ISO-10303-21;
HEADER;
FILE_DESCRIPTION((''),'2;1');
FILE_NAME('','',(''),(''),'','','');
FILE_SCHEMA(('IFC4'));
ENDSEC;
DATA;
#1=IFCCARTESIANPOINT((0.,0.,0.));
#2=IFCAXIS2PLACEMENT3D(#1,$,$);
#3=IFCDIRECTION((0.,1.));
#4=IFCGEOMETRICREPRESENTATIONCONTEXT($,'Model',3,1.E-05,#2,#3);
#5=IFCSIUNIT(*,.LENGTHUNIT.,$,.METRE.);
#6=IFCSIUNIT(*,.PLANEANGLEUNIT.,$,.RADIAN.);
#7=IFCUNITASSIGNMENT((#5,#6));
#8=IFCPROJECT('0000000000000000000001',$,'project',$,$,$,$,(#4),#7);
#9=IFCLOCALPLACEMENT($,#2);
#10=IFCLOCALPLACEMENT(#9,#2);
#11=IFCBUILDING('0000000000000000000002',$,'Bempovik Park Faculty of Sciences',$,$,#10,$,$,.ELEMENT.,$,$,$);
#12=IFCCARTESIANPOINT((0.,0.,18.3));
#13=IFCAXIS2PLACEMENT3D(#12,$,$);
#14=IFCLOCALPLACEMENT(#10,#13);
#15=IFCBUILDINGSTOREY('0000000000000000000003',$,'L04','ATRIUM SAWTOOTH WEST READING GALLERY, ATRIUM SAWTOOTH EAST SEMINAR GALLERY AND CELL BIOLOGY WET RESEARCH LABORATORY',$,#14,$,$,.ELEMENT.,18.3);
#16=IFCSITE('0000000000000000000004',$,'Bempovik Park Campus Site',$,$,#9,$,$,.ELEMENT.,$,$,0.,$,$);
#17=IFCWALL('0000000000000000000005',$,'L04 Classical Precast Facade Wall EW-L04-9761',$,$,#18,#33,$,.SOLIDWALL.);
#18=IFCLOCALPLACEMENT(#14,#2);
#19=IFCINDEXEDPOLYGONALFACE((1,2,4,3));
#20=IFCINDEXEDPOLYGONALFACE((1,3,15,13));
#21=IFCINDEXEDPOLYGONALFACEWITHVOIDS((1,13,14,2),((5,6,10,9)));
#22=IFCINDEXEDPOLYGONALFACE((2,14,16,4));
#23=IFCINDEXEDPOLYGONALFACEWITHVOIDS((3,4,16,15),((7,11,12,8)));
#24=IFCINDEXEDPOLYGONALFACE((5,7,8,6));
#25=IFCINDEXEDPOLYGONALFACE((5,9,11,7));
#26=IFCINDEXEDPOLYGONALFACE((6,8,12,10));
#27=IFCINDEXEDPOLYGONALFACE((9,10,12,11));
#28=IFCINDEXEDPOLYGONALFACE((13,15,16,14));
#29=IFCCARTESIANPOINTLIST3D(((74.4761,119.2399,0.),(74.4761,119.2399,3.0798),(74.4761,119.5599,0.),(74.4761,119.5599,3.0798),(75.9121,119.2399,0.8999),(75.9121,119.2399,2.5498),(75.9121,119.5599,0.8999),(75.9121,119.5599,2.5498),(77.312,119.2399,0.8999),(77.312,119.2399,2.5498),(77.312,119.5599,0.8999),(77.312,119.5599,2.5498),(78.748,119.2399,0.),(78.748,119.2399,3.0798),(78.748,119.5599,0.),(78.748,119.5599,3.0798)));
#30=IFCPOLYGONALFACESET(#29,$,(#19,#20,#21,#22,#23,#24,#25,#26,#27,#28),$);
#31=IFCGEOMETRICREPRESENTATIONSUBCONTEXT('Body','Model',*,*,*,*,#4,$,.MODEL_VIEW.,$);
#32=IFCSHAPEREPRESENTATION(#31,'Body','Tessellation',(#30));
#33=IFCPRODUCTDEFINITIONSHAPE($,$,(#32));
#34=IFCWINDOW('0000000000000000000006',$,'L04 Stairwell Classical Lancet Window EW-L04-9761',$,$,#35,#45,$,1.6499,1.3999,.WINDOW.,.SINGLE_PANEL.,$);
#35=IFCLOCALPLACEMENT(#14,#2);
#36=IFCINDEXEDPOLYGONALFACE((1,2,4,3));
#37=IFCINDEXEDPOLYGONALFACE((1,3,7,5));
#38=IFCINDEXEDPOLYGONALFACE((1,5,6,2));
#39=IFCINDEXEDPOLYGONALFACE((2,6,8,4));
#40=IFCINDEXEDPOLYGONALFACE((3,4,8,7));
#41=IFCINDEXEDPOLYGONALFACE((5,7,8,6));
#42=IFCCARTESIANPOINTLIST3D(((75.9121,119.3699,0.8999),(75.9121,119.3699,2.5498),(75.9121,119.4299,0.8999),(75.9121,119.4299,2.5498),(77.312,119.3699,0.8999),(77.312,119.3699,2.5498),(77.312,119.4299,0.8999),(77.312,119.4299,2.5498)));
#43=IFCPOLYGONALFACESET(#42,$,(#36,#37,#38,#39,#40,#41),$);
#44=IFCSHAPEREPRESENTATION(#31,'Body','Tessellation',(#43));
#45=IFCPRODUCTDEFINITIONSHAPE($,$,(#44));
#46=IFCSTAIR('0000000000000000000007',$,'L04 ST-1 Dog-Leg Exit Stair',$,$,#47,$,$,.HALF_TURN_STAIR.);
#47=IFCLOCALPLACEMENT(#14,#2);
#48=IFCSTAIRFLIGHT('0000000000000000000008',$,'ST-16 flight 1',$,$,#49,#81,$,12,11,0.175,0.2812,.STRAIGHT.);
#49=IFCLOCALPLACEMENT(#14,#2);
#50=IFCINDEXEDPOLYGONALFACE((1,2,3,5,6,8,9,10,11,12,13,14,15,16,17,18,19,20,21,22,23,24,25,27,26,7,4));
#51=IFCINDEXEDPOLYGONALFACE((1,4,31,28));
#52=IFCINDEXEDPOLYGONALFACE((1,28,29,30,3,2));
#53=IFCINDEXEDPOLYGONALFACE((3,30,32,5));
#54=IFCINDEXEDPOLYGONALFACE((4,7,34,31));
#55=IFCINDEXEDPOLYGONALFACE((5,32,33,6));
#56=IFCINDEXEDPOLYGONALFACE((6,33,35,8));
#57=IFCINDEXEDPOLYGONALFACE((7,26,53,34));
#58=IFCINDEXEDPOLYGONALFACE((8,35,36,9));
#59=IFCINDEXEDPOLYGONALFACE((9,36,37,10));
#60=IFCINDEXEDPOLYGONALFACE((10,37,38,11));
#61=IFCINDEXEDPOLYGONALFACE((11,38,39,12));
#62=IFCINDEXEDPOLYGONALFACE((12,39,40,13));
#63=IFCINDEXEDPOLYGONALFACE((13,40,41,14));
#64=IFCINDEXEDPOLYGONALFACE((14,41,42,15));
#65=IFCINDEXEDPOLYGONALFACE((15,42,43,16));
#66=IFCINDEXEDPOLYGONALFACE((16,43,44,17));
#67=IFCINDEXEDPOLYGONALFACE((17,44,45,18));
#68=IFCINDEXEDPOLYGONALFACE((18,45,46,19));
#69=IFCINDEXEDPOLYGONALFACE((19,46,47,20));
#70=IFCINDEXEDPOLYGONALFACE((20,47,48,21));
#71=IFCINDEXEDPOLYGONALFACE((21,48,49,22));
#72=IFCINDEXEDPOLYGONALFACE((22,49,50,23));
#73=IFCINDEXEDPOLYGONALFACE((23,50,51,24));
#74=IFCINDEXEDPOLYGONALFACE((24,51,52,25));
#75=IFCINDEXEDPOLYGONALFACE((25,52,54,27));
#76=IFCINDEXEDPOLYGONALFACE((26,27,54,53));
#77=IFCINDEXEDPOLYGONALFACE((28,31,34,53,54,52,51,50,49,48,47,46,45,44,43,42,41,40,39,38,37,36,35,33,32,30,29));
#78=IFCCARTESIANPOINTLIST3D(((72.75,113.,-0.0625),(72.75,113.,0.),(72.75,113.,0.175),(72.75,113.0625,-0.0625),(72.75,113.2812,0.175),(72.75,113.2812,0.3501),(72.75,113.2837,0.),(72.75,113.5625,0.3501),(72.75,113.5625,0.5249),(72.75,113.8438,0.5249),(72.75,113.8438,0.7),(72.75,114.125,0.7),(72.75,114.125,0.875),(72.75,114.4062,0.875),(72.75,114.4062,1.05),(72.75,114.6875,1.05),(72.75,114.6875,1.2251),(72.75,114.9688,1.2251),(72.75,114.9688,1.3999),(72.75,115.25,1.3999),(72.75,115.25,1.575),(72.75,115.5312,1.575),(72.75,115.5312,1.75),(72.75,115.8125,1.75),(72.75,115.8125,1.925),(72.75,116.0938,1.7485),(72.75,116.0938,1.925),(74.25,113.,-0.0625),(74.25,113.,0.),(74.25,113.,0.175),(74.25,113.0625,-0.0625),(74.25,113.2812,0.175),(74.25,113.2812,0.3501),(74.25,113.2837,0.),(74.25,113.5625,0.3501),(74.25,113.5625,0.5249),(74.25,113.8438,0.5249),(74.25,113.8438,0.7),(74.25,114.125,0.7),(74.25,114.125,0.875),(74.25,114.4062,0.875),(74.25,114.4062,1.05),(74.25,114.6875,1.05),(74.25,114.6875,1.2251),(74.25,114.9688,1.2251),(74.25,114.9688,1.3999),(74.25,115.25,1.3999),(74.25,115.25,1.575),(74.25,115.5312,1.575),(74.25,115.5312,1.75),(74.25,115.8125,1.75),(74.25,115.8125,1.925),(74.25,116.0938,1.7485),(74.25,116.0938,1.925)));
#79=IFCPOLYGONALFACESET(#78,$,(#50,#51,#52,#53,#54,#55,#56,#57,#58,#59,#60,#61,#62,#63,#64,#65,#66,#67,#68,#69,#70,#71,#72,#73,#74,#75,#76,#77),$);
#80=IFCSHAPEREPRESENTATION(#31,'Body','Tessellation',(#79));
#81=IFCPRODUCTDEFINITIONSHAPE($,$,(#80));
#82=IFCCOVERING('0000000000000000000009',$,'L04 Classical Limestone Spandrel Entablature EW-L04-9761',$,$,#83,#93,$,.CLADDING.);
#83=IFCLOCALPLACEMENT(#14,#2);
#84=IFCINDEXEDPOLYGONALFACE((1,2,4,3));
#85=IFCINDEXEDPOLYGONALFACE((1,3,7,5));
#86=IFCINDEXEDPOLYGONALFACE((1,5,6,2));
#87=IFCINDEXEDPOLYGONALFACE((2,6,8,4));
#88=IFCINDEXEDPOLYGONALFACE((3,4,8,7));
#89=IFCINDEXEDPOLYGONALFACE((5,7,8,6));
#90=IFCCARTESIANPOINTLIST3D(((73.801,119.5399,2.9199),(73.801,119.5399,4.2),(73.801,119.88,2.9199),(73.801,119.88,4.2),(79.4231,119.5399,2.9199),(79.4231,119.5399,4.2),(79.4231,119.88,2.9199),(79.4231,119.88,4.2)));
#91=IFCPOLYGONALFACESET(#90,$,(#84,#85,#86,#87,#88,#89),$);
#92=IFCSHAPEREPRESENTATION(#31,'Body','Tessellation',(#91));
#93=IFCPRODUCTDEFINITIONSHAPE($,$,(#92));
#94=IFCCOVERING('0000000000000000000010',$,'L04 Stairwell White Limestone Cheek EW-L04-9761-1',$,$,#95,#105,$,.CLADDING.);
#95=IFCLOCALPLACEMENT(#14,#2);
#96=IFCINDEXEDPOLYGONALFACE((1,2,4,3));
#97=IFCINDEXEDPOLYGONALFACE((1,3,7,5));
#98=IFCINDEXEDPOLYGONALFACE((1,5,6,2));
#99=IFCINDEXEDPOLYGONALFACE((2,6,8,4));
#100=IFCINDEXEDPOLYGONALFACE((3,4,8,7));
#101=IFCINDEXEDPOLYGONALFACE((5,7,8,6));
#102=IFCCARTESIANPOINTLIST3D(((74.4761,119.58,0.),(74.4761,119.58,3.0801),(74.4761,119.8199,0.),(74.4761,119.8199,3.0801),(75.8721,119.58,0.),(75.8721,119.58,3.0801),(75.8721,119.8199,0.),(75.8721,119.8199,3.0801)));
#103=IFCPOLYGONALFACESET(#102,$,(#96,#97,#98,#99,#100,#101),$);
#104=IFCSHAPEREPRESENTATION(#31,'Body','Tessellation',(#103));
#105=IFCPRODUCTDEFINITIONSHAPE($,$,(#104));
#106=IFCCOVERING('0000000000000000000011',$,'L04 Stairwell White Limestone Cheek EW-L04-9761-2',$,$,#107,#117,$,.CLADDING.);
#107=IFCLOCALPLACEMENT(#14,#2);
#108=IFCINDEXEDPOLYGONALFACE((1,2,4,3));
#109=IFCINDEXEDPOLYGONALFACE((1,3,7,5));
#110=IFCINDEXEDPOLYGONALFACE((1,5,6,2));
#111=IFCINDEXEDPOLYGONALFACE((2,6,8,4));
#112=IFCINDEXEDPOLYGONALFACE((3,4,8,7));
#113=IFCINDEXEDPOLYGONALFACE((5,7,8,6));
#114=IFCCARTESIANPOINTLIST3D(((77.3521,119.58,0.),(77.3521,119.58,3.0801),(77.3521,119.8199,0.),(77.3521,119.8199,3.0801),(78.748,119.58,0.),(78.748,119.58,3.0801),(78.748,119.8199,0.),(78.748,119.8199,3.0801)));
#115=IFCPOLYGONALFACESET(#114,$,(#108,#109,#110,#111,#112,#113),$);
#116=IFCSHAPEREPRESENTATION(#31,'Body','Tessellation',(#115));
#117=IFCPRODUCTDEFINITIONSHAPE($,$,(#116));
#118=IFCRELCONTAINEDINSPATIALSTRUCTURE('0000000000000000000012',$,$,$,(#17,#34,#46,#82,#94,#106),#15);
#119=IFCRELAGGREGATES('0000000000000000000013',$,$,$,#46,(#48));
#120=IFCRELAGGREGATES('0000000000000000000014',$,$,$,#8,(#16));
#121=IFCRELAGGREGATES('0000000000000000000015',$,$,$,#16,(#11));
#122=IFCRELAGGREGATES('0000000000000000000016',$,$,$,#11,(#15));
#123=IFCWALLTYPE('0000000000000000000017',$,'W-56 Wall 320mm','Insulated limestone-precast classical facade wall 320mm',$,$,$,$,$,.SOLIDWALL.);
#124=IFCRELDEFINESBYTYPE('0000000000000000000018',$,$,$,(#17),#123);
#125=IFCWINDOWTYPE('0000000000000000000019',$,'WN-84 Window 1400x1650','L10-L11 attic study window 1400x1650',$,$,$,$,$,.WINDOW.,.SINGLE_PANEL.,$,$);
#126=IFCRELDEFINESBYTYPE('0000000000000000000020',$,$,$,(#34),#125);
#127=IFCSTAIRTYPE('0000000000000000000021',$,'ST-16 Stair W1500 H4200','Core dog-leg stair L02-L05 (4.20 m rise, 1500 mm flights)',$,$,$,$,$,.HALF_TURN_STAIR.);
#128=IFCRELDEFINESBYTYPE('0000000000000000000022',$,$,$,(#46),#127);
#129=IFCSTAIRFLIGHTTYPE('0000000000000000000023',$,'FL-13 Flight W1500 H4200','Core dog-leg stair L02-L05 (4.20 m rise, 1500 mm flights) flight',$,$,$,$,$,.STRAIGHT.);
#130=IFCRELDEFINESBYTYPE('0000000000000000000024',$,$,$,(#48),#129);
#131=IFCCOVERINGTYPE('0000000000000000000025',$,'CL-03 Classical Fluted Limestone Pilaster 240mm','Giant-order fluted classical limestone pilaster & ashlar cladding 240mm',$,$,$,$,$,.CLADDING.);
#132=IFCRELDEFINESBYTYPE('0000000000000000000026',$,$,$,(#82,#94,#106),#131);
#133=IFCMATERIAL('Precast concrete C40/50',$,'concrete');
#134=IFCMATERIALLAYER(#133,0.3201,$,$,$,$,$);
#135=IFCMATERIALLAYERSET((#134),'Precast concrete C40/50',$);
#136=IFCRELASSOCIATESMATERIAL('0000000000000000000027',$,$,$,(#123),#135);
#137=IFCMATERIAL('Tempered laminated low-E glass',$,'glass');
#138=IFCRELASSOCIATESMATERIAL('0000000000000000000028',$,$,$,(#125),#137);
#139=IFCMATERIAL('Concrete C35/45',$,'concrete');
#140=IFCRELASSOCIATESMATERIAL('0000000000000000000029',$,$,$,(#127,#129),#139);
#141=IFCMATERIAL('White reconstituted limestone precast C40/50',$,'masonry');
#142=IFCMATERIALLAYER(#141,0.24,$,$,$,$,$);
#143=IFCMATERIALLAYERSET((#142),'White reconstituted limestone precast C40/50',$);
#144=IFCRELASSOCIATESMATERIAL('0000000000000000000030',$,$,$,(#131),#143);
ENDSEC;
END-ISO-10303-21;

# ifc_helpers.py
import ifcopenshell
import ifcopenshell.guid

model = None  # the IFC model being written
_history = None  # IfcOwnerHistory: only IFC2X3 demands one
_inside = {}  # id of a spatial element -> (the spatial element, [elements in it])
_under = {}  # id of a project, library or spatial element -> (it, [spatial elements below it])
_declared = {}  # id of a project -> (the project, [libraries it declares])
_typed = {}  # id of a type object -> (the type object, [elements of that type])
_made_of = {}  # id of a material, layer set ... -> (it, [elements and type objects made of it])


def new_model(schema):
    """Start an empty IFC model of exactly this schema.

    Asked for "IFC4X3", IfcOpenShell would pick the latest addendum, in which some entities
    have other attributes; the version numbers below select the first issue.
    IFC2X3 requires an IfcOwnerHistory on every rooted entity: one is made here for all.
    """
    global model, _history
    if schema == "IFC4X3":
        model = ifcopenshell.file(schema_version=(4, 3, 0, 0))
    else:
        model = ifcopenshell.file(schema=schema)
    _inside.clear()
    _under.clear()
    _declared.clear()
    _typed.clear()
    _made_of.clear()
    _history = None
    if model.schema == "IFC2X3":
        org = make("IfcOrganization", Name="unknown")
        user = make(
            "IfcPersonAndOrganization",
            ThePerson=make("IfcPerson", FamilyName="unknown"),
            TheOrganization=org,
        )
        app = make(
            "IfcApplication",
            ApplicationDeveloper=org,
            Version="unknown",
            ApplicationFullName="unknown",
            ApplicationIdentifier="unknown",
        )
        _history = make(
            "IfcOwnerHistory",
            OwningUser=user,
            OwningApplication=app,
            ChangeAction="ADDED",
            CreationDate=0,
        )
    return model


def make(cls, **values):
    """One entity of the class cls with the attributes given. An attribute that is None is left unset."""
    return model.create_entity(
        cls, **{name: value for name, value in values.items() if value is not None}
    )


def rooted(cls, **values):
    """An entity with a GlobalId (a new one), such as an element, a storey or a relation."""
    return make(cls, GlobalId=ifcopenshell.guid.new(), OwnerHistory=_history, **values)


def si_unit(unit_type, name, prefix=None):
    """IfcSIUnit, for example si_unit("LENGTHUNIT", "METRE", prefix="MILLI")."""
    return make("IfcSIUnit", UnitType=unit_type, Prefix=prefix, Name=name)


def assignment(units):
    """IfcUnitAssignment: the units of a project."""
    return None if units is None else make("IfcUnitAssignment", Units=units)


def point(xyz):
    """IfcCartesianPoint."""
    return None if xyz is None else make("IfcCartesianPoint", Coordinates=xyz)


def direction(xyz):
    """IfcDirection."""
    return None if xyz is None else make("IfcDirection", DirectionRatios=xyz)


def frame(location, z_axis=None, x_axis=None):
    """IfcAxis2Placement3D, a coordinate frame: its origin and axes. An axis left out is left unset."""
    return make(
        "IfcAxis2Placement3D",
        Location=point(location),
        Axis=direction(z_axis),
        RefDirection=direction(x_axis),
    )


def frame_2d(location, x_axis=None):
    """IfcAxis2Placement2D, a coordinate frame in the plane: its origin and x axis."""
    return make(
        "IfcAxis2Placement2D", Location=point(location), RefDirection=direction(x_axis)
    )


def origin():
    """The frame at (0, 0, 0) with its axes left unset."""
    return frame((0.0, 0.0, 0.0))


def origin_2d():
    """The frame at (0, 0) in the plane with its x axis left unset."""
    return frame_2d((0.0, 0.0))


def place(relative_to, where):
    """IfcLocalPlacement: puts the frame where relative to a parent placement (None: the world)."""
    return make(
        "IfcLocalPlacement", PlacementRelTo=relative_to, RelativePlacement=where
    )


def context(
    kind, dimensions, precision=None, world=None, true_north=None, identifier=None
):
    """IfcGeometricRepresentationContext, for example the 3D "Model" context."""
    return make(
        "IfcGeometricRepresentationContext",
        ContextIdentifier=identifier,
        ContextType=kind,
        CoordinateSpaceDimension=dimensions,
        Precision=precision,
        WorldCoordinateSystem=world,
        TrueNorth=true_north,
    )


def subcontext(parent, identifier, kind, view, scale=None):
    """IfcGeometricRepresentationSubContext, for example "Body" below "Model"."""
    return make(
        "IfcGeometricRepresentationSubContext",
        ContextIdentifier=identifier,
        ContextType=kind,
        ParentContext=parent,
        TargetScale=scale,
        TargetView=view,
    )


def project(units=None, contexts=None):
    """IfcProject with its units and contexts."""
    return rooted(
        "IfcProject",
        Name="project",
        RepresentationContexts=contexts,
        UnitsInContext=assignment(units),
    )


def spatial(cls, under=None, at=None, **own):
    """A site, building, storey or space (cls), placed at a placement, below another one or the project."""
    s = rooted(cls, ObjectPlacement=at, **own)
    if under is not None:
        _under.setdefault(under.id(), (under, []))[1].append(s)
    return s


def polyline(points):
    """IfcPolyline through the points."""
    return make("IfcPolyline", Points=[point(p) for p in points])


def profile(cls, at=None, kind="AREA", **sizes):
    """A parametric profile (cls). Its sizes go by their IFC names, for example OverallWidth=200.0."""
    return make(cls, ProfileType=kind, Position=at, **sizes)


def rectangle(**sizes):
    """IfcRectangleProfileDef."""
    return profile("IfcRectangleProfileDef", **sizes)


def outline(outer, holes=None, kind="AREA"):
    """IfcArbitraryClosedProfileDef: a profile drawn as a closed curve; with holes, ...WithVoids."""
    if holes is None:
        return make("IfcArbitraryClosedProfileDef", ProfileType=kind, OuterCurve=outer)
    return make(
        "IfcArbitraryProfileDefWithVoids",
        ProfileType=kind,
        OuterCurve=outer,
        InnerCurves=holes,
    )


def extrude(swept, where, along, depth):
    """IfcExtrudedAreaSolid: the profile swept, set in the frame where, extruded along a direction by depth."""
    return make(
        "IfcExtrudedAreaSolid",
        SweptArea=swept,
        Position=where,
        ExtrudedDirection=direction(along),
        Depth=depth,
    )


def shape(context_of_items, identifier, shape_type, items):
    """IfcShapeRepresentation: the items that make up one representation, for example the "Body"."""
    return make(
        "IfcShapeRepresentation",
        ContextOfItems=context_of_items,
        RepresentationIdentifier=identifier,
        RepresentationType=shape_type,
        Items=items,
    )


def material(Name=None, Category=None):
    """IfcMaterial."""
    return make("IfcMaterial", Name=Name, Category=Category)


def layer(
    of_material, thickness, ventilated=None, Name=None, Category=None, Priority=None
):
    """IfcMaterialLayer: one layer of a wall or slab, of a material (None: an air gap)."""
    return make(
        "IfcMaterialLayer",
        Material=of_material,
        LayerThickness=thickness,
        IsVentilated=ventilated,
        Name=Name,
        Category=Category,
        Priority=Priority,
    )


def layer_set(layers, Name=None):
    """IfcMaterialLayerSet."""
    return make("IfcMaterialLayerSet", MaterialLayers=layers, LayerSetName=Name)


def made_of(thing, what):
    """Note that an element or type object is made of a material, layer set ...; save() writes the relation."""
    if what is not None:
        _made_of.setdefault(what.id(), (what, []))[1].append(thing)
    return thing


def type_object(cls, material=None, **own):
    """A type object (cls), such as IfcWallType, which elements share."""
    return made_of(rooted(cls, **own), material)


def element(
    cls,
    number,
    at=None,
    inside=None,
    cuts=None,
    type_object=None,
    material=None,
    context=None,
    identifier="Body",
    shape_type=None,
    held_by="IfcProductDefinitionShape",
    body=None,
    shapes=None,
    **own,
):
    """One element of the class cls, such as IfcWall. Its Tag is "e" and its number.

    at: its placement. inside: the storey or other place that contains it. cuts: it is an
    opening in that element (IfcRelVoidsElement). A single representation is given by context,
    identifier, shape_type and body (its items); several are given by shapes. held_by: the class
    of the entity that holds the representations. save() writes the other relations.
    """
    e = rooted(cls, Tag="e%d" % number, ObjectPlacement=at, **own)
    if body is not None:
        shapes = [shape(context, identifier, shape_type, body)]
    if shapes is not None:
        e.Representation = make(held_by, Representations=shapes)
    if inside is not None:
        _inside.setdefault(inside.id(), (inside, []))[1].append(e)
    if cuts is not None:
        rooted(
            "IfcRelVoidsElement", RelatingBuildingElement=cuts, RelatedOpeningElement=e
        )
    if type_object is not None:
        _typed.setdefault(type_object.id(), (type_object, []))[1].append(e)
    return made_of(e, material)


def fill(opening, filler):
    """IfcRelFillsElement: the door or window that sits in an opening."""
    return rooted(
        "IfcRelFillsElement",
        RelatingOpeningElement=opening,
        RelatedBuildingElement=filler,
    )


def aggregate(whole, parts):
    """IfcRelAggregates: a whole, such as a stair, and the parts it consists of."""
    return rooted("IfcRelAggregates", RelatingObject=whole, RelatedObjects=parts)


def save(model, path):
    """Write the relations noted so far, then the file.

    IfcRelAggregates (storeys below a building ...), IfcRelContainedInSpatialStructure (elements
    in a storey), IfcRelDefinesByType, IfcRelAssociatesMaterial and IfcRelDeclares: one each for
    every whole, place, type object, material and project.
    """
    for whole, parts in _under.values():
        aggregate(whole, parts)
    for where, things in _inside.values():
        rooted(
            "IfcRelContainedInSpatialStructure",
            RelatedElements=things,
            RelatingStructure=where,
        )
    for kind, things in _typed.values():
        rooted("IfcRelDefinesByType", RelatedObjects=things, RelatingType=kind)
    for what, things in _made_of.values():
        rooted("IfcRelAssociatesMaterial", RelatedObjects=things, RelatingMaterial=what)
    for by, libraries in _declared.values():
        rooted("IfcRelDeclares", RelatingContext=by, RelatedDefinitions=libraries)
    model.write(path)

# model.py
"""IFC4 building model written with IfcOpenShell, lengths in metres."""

from ifc_helpers import new_model, si_unit, direction, frame, frame_2d, origin, origin_2d, place, context, subcontext, project, spatial, polyline, rectangle, outline, extrude, material, layer, layer_set, type_object, element, fill, aggregate, save


model = new_model("IFC4")

# Units and contexts
model_context = context("Model", 3, precision=1e-05, world=origin(), true_north=direction((0.0, 1.0)))
body_context = subcontext(model_context, "Body", "Model", "MODEL_VIEW")
ifc_project = project(units=[si_unit("LENGTHUNIT", "METRE"), si_unit("PLANEANGLEUNIT", "RADIAN")], contexts=[model_context])

# Site, building, storey
site_placement = place(None, origin())
site = spatial("IfcSite", under=ifc_project, at=site_placement, Name="Bempovik Park Campus Site", CompositionType="ELEMENT", RefElevation=0.0)
building_placement = place(site_placement, origin())
building = spatial("IfcBuilding", under=site, at=building_placement, Name="Bempovik Park Faculty of Sciences", CompositionType="ELEMENT")
storey_placement = place(building_placement, frame((0.0, 0.0, 18.3)))
storey = spatial("IfcBuildingStorey", under=building, at=storey_placement, Name="L04", Description="ATRIUM SAWTOOTH WEST READING GALLERY, ATRIUM SAWTOOTH EAST SEMINAR GALLERY AND CELL BIOLOGY WET RESEARCH LABORATORY", CompositionType="ELEMENT", Elevation=18.3)

# Shared definitions
ifc_material_1 = material(Name="Concrete C35/45", Category="concrete")

# Wall, opening, window
ifc_material_2 = material(Name="Precast concrete C40/50", Category="concrete")
ifc_layer_1 = layer(ifc_material_2, 0.3201)
ifc_layer_set_1 = layer_set([ifc_layer_1], Name="Precast concrete C40/50")
wall_type_1 = type_object("IfcWallType", Name="W-56 Wall 320mm", Description="Insulated limestone-precast classical facade wall 320mm", PredefinedType="SOLIDWALL", material=ifc_layer_set_1)
wall_1_placement = place(storey_placement, frame((74.4761, 119.3999, 0.0), z_axis=(0.0, 0.0, 1.0), x_axis=(1.0, 0.0, 0.0)))
wall_1 = element("IfcWall", 1, at=wall_1_placement, inside=storey, type_object=wall_type_1, Name="L04 Classical Precast Facade Wall EW-L04-9761", PredefinedType="SOLIDWALL", context=body_context, shape_type="SweptSolid", body=[
    extrude(rectangle(XDim=4.272, YDim=0.3201, at=frame_2d((2.136, 0.0))), origin(), (0.0, 0.0, 1.0), 3.0798),
])
opening_1_placement = place(wall_1_placement, frame((1.436, 0.0, 0.8999)))
opening_1 = element("IfcOpeningElement", 2, at=opening_1_placement, cuts=wall_1, PredefinedType="OPENING", context=body_context, shape_type="SweptSolid", body=[
    extrude(rectangle(XDim=1.3999, YDim=1.6499, at=frame_2d((0.7, 0.825))), frame((0.0, 0.1699, 0.0), z_axis=(0.0, -1.0, 0.0), x_axis=(1.0, 0.0, 0.0)), (0.0, 0.0, 1.0), 0.3401),
])
ifc_material_3 = material(Name="Tempered laminated low-E glass", Category="glass")
window_type = type_object("IfcWindowType", Name="WN-84 Window 1400x1650", Description="L10-L11 attic study window 1400x1650", PartitioningType="SINGLE_PANEL", PredefinedType="WINDOW", material=ifc_material_3)
window_placement = place(opening_1_placement, origin())
window = element("IfcWindow", 3, at=window_placement, inside=storey, type_object=window_type, Name="L04 Stairwell Classical Lancet Window EW-L04-9761", OverallHeight=1.6499, OverallWidth=1.3999, PartitioningType="SINGLE_PANEL", PredefinedType="WINDOW", context=body_context, shape_type="SweptSolid", body=[
    extrude(rectangle(XDim=1.3999, YDim=1.6499, at=frame_2d((0.7, 0.825))), frame((0.0, 0.03, 0.0), z_axis=(0.0, -1.0, 0.0), x_axis=(1.0, 0.0, 0.0)), (0.0, 0.0, 1.0), 0.0601),
])
fill(opening_1, window)

# Stair, stair flight
stair_type = type_object("IfcStairType", Name="ST-16 Stair W1500 H4200", Description="Core dog-leg stair L02-L05 (4.20 m rise, 1500 mm flights)", PredefinedType="HALF_TURN_STAIR", material=ifc_material_1)
stair_placement = place(storey_placement, origin())
stair = element("IfcStair", 4, at=stair_placement, inside=storey, type_object=stair_type, Name="L04 ST-1 Dog-Leg Exit Stair", PredefinedType="HALF_TURN_STAIR")
stair_flight_type = type_object("IfcStairFlightType", Name="FL-13 Flight W1500 H4200", Description="Core dog-leg stair L02-L05 (4.20 m rise, 1500 mm flights) flight", PredefinedType="STRAIGHT", material=ifc_material_1)
stair_flight_placement = place(storey_placement, frame((73.5, 113.0, 0.0), z_axis=(0.0, 0.0, 1.0), x_axis=(0.0, 1.0, 0.0)))
stair_flight = element("IfcStairFlight", 5, at=stair_flight_placement, type_object=stair_flight_type, Name="ST-16 flight 1", NumberOfRisers=12, NumberOfTreads=11, PredefinedType="STRAIGHT", RiserHeight=0.175, TreadLength=0.2812, context=body_context, shape_type="SweptSolid", body=[
    extrude(outline(polyline([(0.0, 0.0), (0.0, 0.175), (0.2812, 0.175), (0.2812, 0.3501), (0.5625, 0.3501), (0.5625, 0.5249), (0.8438, 0.5249), (0.8438, 0.7), (1.125, 0.7), (1.125, 0.875), (1.4062, 0.875), (1.4062, 1.05), (1.6875, 1.05), (1.6875, 1.2251), (1.9688, 1.2251), (1.9688, 1.3999), (2.25, 1.3999), (2.25, 1.575), (2.5312, 1.575), (2.5312, 1.75), (2.8125, 1.75), (2.8125, 1.925), (3.0938, 1.925), (3.0938, 2.1001), (3.0938, 1.7485), (0.2837, 0.0), (0.0625, -0.0625), (0.0, -0.0625), (0.0, 0.0)])), frame((0.0, 0.75, 0.0), z_axis=(0.0, -1.0, 0.0), x_axis=(1.0, 0.0, 0.0)), (0.0, 0.0, 1.0), 1.5),
])
aggregate(stair, [stair_flight])

# Coverings
ifc_material_4 = material(Name="White reconstituted limestone precast C40/50", Category="masonry")
ifc_layer_2 = layer(ifc_material_4, 0.24)
ifc_layer_set_2 = layer_set([ifc_layer_2], Name="White reconstituted limestone precast C40/50")
covering_type = type_object("IfcCoveringType", Name="CL-03 Classical Fluted Limestone Pilaster 240mm", Description="Giant-order fluted classical limestone pilaster & ashlar cladding 240mm", PredefinedType="CLADDING", material=ifc_layer_set_2)
covering_placement = place(storey_placement, frame((76.6121, 119.71, 2.9199), z_axis=(0.0, 0.0, 1.0), x_axis=(1.0, 0.0, 0.0)))
element("IfcCovering", 6, at=covering_placement, inside=storey, type_object=covering_type, Name="L04 Classical Limestone Spandrel Entablature EW-L04-9761", PredefinedType="CLADDING", context=body_context, shape_type="SweptSolid", body=[
    extrude(rectangle(XDim=5.6221, YDim=0.3401, at=origin_2d()), origin(), (0.0, 0.0, 1.0), 1.28),
])
for number, where, z_axis, x_axis, name in (
    (7, (75.1741, 119.7, 0.0), (0.0, 0.0, 1.0), (1.0, 0.0, 0.0), "L04 Stairwell White Limestone Cheek EW-L04-9761-1"),
    (8, (78.05, 119.7, 0.0), (0.0, 0.0, 1.0), (1.0, 0.0, 0.0), "L04 Stairwell White Limestone Cheek EW-L04-9761-2"),
):
    element("IfcCovering", number, at=place(storey_placement, frame(where, z_axis=z_axis, x_axis=x_axis)), inside=storey, type_object=covering_type, Name=name, PredefinedType="CLADDING", context=body_context, shape_type="SweptSolid", body=[
        extrude(rectangle(XDim=1.396, YDim=0.24, at=origin_2d()), origin(), (0.0, 0.0, 1.0), 3.0801),
    ])

save(model, "model.ifc")
